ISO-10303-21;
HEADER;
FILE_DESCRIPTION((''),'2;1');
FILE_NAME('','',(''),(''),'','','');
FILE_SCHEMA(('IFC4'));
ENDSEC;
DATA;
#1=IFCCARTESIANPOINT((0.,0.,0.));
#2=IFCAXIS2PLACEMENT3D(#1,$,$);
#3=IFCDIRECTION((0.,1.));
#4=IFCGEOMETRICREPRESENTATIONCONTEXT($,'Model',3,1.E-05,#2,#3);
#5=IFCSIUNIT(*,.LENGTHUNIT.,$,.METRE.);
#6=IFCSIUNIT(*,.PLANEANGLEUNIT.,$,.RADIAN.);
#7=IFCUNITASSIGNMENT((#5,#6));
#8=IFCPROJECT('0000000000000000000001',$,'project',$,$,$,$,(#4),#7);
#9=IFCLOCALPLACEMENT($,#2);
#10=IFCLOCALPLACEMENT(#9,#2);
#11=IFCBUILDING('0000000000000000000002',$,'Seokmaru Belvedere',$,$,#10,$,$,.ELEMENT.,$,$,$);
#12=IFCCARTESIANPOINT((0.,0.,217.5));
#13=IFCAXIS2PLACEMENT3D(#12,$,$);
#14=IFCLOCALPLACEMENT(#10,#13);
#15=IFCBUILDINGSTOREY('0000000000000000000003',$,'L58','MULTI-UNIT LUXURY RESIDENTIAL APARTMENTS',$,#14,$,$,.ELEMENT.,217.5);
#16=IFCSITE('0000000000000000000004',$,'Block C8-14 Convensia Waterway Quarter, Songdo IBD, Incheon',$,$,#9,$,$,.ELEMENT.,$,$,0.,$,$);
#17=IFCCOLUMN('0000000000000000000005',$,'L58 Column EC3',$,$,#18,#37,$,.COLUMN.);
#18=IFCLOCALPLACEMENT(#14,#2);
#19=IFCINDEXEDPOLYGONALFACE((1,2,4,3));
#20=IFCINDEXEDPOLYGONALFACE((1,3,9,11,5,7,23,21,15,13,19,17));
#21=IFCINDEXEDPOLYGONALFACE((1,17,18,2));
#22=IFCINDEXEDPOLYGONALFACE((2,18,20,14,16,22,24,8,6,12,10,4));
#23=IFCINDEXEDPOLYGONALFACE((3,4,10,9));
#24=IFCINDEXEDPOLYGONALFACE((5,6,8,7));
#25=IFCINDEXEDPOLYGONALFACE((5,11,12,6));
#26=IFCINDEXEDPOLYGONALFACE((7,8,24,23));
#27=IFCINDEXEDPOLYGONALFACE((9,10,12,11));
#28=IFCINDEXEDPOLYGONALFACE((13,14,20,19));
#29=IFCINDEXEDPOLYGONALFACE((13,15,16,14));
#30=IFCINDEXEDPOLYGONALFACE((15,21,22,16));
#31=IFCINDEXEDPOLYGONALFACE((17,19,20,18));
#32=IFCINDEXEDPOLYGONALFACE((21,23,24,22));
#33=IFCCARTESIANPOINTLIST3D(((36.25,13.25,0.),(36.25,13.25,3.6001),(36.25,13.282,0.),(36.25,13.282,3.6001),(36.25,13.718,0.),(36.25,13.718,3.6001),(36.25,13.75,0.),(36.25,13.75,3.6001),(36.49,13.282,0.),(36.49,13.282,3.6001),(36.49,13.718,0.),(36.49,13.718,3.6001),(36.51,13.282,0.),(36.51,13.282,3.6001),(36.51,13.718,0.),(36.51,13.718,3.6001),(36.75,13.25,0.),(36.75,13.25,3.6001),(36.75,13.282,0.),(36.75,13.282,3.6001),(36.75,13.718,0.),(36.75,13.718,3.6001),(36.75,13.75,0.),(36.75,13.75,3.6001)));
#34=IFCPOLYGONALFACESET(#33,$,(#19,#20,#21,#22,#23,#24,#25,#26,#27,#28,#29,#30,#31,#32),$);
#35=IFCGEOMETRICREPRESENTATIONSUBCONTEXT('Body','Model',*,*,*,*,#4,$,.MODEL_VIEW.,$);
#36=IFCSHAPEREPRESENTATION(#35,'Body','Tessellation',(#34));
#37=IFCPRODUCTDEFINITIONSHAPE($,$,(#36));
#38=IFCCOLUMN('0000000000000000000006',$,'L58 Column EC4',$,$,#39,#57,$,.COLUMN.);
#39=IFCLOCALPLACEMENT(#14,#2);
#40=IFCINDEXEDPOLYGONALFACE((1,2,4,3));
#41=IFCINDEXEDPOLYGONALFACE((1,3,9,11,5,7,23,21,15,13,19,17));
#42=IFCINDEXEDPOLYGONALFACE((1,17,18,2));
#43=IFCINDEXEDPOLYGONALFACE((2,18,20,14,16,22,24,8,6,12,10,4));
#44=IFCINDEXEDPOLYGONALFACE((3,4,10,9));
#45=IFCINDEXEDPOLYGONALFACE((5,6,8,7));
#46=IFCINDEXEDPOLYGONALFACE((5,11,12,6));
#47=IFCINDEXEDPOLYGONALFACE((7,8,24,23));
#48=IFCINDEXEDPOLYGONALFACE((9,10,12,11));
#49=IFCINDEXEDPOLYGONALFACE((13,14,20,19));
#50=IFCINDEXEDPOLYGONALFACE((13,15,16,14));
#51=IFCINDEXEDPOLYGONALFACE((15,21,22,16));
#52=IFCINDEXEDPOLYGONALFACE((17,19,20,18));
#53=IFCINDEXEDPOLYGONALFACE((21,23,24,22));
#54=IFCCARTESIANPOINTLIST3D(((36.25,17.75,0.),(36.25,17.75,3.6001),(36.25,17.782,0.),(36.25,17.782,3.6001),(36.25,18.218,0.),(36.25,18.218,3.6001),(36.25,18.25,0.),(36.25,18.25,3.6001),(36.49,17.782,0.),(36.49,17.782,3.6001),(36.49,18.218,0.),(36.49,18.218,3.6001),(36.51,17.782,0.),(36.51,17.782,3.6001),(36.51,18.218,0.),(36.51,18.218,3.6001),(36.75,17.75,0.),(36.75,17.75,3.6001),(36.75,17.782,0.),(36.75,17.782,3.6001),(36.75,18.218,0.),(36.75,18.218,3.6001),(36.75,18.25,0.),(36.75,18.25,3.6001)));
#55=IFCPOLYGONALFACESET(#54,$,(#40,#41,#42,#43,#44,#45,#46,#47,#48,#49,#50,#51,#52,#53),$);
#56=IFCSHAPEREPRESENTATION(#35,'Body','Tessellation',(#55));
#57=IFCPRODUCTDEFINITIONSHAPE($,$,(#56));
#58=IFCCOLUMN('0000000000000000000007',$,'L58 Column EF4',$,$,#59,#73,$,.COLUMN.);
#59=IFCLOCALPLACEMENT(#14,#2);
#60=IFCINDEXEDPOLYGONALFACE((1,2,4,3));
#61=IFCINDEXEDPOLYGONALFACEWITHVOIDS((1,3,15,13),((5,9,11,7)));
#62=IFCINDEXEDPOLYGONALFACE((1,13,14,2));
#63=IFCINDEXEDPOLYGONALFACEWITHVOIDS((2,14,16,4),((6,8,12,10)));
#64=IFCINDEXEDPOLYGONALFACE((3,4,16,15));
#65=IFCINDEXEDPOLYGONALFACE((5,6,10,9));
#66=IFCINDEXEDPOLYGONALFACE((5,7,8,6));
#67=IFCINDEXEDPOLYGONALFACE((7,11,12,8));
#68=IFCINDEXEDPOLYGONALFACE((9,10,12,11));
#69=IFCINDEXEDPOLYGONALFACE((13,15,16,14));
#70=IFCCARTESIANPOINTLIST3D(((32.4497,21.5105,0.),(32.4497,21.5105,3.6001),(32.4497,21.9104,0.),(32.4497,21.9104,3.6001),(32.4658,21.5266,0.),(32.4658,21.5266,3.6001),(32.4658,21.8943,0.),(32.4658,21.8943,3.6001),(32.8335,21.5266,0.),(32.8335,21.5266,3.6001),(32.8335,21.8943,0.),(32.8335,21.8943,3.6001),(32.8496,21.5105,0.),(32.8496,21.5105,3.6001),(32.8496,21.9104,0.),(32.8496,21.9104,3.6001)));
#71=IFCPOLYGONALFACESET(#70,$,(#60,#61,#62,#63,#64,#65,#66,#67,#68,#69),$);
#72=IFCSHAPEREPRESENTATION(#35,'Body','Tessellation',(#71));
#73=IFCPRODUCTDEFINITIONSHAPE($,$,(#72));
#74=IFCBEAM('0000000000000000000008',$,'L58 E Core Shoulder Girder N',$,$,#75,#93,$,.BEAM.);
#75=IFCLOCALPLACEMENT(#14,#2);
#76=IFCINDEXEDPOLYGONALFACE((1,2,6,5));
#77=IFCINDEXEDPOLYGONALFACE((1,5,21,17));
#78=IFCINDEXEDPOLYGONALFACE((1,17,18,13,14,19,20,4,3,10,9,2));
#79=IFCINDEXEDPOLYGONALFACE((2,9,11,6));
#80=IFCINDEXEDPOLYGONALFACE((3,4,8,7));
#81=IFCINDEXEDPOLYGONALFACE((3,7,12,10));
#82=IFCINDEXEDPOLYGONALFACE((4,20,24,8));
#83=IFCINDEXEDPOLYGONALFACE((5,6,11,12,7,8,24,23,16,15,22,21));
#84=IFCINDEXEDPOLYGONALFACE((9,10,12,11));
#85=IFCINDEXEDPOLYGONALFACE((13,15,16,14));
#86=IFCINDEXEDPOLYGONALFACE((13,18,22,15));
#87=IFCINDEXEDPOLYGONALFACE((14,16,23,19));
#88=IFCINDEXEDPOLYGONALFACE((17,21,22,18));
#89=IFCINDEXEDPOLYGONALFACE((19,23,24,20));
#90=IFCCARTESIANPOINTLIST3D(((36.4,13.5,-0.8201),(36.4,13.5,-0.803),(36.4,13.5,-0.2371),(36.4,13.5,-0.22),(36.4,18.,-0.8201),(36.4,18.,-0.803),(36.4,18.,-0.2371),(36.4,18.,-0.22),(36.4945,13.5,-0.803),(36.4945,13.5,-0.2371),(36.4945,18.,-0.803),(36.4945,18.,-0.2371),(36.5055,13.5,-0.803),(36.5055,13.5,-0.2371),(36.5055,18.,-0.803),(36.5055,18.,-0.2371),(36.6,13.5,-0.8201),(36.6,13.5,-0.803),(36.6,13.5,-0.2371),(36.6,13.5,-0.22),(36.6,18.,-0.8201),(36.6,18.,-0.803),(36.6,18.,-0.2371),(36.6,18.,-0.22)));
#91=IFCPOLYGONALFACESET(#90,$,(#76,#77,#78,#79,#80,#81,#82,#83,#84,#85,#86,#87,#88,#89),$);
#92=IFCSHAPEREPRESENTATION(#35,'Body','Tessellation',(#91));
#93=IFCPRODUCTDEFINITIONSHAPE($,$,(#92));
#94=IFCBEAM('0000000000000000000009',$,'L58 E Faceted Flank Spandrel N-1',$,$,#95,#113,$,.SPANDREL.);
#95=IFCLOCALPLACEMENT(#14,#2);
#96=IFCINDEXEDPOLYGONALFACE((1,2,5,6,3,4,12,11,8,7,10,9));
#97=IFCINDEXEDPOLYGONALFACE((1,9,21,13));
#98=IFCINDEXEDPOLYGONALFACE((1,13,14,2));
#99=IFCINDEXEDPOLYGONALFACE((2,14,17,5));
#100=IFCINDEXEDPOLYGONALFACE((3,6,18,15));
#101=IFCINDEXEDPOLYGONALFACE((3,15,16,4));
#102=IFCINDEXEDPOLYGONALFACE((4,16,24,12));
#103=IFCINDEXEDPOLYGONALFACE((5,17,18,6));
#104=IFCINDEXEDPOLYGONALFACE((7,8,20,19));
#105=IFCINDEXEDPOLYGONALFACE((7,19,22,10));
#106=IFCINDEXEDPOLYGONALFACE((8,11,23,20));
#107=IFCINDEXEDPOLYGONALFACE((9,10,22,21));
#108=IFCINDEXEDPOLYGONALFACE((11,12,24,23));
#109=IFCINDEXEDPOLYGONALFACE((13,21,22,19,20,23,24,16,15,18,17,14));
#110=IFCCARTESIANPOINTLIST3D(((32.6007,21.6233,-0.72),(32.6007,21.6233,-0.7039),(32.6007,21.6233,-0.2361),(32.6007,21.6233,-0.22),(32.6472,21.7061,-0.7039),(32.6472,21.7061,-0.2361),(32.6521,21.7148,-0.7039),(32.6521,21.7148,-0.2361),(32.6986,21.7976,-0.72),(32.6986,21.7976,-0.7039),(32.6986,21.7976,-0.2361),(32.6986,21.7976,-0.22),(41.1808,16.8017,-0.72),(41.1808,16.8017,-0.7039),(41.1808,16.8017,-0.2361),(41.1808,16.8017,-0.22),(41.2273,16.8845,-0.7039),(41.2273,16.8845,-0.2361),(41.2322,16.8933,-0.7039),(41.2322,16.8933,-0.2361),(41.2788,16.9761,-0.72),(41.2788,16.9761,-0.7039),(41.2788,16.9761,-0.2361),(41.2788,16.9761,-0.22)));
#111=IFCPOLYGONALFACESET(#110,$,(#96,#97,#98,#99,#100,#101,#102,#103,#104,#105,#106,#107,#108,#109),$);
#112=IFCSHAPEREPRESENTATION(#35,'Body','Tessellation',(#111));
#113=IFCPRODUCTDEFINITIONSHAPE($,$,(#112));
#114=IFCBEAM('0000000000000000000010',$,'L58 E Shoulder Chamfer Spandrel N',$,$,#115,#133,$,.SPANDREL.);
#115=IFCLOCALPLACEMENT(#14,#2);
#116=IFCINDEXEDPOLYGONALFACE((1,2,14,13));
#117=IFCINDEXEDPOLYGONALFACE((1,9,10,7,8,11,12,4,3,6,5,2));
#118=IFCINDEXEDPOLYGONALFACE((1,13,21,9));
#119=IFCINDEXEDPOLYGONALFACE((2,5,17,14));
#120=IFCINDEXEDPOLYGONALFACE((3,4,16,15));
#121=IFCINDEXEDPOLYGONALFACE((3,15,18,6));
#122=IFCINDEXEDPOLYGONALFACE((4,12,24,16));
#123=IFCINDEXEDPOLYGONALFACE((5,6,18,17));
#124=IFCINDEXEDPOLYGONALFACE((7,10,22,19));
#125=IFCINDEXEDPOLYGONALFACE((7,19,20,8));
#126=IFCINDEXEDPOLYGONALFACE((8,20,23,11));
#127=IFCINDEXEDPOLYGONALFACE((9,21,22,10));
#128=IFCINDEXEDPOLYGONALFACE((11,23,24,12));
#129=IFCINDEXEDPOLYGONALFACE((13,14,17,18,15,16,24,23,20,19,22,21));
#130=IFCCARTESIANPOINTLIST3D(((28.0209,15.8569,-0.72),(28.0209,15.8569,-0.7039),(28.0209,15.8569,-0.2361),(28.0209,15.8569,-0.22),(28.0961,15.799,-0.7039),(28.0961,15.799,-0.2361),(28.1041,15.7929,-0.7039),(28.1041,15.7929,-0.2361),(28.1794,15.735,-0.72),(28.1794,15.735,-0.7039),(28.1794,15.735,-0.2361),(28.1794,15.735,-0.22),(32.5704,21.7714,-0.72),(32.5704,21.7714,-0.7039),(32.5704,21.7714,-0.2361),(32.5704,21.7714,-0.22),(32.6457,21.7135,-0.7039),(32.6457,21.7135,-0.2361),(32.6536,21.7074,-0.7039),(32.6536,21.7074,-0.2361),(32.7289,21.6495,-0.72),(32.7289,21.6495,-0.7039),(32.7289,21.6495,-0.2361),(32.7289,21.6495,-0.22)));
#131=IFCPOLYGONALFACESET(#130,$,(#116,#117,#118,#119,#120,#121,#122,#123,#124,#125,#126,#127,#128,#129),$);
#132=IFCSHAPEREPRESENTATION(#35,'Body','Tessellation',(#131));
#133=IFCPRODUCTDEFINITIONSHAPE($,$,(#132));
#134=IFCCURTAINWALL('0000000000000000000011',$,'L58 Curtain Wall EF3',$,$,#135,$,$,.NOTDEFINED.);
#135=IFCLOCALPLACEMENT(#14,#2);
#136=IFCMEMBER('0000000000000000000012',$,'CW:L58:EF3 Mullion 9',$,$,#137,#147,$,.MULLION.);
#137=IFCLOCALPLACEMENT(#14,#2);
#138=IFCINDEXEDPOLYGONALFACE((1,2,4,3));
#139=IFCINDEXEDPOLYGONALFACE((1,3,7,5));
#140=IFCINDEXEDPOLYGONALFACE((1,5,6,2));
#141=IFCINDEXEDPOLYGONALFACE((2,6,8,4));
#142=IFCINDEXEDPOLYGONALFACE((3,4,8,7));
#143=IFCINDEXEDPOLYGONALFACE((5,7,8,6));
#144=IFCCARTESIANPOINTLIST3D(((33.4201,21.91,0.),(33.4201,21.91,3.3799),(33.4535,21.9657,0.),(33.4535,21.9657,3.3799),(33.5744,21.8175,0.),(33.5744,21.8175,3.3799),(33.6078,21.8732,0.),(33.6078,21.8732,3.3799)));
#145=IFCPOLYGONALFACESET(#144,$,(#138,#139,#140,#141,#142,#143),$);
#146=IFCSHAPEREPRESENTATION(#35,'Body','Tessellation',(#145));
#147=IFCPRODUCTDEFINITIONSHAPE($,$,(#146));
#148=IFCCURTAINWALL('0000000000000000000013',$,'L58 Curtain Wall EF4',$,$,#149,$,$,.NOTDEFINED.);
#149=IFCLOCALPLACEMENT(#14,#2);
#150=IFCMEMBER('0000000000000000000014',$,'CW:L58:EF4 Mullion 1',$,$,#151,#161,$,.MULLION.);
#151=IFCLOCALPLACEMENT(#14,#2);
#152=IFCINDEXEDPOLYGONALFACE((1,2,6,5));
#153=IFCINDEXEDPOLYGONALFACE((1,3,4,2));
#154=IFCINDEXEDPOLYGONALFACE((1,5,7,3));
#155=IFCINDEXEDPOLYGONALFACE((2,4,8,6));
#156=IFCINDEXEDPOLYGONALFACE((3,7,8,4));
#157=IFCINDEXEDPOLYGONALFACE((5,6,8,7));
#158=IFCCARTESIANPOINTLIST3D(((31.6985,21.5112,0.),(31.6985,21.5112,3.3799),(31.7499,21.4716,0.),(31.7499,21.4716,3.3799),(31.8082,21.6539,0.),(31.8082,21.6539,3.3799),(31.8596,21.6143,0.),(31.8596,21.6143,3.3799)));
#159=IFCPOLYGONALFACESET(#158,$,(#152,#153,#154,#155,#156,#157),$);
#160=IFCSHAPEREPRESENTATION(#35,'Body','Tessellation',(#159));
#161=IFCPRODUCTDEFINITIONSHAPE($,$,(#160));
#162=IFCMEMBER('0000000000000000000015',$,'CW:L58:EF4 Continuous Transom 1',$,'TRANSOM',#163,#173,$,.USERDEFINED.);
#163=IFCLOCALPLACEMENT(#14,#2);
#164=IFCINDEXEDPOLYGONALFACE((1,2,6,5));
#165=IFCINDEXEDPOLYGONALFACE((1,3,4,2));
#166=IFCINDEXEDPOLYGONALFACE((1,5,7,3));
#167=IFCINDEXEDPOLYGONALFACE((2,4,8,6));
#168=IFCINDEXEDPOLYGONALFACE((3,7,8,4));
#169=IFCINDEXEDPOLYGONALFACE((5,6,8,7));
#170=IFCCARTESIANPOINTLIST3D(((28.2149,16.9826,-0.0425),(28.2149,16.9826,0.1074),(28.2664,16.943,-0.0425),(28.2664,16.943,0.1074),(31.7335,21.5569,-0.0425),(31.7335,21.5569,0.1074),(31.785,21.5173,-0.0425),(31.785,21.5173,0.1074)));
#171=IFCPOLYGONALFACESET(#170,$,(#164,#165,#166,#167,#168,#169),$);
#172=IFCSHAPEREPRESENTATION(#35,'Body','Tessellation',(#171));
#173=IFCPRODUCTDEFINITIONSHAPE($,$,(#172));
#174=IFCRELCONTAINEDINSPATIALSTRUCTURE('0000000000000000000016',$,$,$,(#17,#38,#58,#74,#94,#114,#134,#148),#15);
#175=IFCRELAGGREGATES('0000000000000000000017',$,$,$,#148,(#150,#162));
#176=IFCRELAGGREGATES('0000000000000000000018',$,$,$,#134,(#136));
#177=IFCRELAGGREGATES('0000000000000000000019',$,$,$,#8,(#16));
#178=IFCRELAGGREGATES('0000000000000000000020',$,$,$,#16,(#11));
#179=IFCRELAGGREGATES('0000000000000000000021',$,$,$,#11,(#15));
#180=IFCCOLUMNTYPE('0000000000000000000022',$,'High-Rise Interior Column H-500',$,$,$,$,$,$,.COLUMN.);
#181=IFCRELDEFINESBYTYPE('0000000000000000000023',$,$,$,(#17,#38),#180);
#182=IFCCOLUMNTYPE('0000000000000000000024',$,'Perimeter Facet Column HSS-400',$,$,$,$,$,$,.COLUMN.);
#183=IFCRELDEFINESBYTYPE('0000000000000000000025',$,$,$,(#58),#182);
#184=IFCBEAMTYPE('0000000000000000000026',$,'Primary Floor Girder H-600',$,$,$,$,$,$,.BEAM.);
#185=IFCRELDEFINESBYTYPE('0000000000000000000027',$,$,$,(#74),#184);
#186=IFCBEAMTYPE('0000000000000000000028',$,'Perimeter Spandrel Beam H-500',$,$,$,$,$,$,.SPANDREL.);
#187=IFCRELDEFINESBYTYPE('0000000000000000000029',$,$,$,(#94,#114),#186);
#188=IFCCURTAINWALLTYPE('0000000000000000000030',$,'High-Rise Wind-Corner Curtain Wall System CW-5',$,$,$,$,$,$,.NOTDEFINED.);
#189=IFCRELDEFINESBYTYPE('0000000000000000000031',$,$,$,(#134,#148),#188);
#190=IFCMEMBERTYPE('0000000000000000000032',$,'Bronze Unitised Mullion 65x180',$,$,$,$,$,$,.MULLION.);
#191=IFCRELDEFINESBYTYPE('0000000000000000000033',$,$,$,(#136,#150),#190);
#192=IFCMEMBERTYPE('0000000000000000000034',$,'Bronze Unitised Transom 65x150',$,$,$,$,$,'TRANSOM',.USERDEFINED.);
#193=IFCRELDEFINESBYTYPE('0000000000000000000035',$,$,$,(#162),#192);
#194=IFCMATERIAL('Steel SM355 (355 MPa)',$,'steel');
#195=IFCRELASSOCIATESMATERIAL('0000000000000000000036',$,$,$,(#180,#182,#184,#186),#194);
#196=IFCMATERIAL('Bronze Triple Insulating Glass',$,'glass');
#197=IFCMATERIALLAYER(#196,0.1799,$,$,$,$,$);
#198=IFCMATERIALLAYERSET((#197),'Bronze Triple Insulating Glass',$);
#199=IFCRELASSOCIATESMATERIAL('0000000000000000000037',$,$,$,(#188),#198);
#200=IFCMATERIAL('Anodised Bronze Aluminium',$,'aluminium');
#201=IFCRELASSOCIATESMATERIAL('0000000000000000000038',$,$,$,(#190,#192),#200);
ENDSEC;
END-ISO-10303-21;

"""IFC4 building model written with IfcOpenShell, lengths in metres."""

from ifc_helpers import new_model, si_unit, direction, frame, origin, origin_2d, place, context, subcontext, project, spatial, rectangle, hollow_rectangle, i_section, extrude, source, transform, mapped, material, layer, layer_set, material_profile, profile_set, type_object, type_shapes, element, aggregate, save


model = new_model("IFC4")

# Units and contexts
model_context = context("Model", 3, precision=1e-05, world=origin(), true_north=direction((0.0, 1.0)))
body_context = subcontext(model_context, "Body", "Model", "MODEL_VIEW")
ifc_project = project(units=[si_unit("LENGTHUNIT", "METRE"), si_unit("PLANEANGLEUNIT", "RADIAN")], contexts=[model_context])

# Site, building, storey
site_placement = place(None, origin())
site = spatial("IfcSite", under=ifc_project, at=site_placement, Name="Block C8-14 Convensia Waterway Quarter, Songdo IBD, Incheon", CompositionType="ELEMENT", RefElevation=0.0)
building_placement = place(site_placement, origin())
building = spatial("IfcBuilding", under=site, at=building_placement, Name="Seokmaru Belvedere", CompositionType="ELEMENT")
storey_placement = place(building_placement, frame((0.0, 0.0, 217.5)))
storey = spatial("IfcBuildingStorey", under=building, at=storey_placement, Name="L58", Description="MULTI-UNIT LUXURY RESIDENTIAL APARTMENTS", CompositionType="ELEMENT", Elevation=217.5)

# Columns
ifc_material_1 = material(Name="Steel SM355 (355 MPa)", Category="steel")
ifc_material_profile_1 = material_profile(ifc_material_1, i_section(OverallWidth=0.5, OverallDepth=0.5, WebThickness=0.02, FlangeThickness=0.032, at=origin_2d()), Name="H-500x500x20x32")
ifc_profile_set_1 = profile_set([ifc_material_profile_1], Name="Steel SM355 (355 MPa)")
column_type_1 = type_object("IfcColumnType", Name="High-Rise Interior Column H-500", PredefinedType="COLUMN", material=ifc_profile_set_1)
shared_shape_1 = source(origin(), body_context, "Body", "SweptSolid", [
    extrude(i_section(OverallWidth=0.5, OverallDepth=0.5, WebThickness=0.02, FlangeThickness=0.032, at=origin_2d()), origin(), (0.0, 0.0, 1.0), 3.6001),
])
type_shapes(column_type_1, [shared_shape_1])
for number, where, z_axis, x_axis, name in (
    (1, (36.5, 13.5, 0.0), (0.0, 0.0, 1.0), (1.0, 0.0, 0.0), "L58 Column EC3"),
    (2, (36.5, 18.0, 0.0), (0.0, 0.0, 1.0), (1.0, 0.0, 0.0), "L58 Column EC4"),
):
    element("IfcColumn", number, at=place(storey_placement, frame(where, z_axis=z_axis, x_axis=x_axis)), inside=storey, type_object=column_type_1, Name=name, PredefinedType="COLUMN", context=body_context, shape_type="MappedRepresentation", body=[
        mapped(shared_shape_1, transform((0.0, 0.0, 0.0), scale=1.0)),
    ])
ifc_material_profile_2 = material_profile(ifc_material_1, hollow_rectangle(XDim=0.3999, YDim=0.3999, WallThickness=0.0161, at=origin_2d()), Name="HSS-400x400x16")
ifc_profile_set_2 = profile_set([ifc_material_profile_2], Name="Steel SM355 (355 MPa)")
column_type_2 = type_object("IfcColumnType", Name="Perimeter Facet Column HSS-400", PredefinedType="COLUMN", material=ifc_profile_set_2)
shared_shape_2 = source(origin(), body_context, "Body", "SweptSolid", [
    extrude(hollow_rectangle(XDim=0.3999, YDim=0.3999, WallThickness=0.0161, at=origin_2d()), origin(), (0.0, 0.0, 1.0), 3.6001),
])
type_shapes(column_type_2, [shared_shape_2])
column_placement = place(storey_placement, frame((32.6497, 21.7104, 0.0), z_axis=(0.0, 0.0, 1.0), x_axis=(1.0, 0.0, 0.0)))
element("IfcColumn", 3, at=column_placement, inside=storey, type_object=column_type_2, Name="L58 Column EF4", PredefinedType="COLUMN", context=body_context, shape_type="MappedRepresentation", body=[
    mapped(shared_shape_2, transform((0.0, 0.0, 0.0), scale=1.0)),
])

# Beams
ifc_material_profile_3 = material_profile(ifc_material_1, i_section(OverallWidth=0.2, OverallDepth=0.6001, WebThickness=0.011, FlangeThickness=0.0171, at=origin_2d()), Name="H-600x200x11x17")
ifc_profile_set_3 = profile_set([ifc_material_profile_3], Name="Steel SM355 (355 MPa)")
beam_type_1 = type_object("IfcBeamType", Name="Primary Floor Girder H-600", PredefinedType="BEAM", material=ifc_profile_set_3)
shared_shape_3 = source(origin(), body_context, "Body", "SweptSolid", [
    extrude(i_section(OverallWidth=0.2, OverallDepth=0.6001, WebThickness=0.011, FlangeThickness=0.0171, at=origin_2d()), origin(), (0.0, 0.0, 1.0), 4.5),
])
type_shapes(beam_type_1, [shared_shape_3])
beam_1_placement = place(storey_placement, frame((36.5, 13.5, -0.52), z_axis=(0.0, 1.0, 0.0), x_axis=(-1.0, 0.0, 0.0)))
element("IfcBeam", 4, at=beam_1_placement, inside=storey, type_object=beam_type_1, Name="L58 E Core Shoulder Girder N", PredefinedType="BEAM", context=body_context, shape_type="MappedRepresentation", body=[
    mapped(shared_shape_3, transform((0.0, 0.0, 0.0), scale=1.0)),
])
ifc_material_profile_4 = material_profile(ifc_material_1, i_section(OverallWidth=0.2, OverallDepth=0.5, WebThickness=0.01, FlangeThickness=0.0161, at=origin_2d()), Name="H-500x200x10x16")
ifc_profile_set_4 = profile_set([ifc_material_profile_4], Name="Steel SM355 (355 MPa)")
beam_type_2 = type_object("IfcBeamType", Name="Perimeter Spandrel Beam H-500", PredefinedType="SPANDREL", material=ifc_profile_set_4)
shared_shape_4 = source(origin(), body_context, "Body", "SweptSolid", [
    extrude(i_section(OverallWidth=0.2, OverallDepth=0.5, WebThickness=0.01, FlangeThickness=0.0161, at=origin_2d()), origin(), (0.0, 0.0, 1.0), 9.842),
])
beam_2_placement = place(storey_placement, frame((32.6497, 21.7104, -0.47), z_axis=(0.871782, -0.489894, 0.0), x_axis=(0.489894, 0.871782, 0.0)))
element("IfcBeam", 5, at=beam_2_placement, inside=storey, type_object=beam_type_2, Name="L58 E Faceted Flank Spandrel N-1", PredefinedType="SPANDREL", context=body_context, shape_type="MappedRepresentation", body=[
    mapped(shared_shape_4, transform((0.0, 0.0, 0.0), scale=1.0)),
])
shared_shape_5 = source(origin(), body_context, "Body", "SweptSolid", [
    extrude(i_section(OverallWidth=0.2, OverallDepth=0.5, WebThickness=0.01, FlangeThickness=0.0161, at=origin_2d()), origin(), (0.0, 0.0, 1.0), 7.4619),
])
type_shapes(beam_type_2, [shared_shape_4, shared_shape_5])
beam_3_placement = place(storey_placement, frame((32.6497, 21.7104, -0.47), z_axis=(-0.609703, -0.79263, 0.0), x_axis=(0.79263, -0.609703, 0.0)))
element("IfcBeam", 6, at=beam_3_placement, inside=storey, type_object=beam_type_2, Name="L58 E Shoulder Chamfer Spandrel N", PredefinedType="SPANDREL", context=body_context, shape_type="MappedRepresentation", body=[
    mapped(shared_shape_5, transform((0.0, 0.0, 0.0), scale=1.0)),
])

# Curtain wall, member
ifc_material_2 = material(Name="Bronze Triple Insulating Glass", Category="glass")
ifc_layer_1 = layer(ifc_material_2, 0.1799)
ifc_layer_set_1 = layer_set([ifc_layer_1], Name="Bronze Triple Insulating Glass")
curtain_wall_type = type_object("IfcCurtainWallType", Name="High-Rise Wind-Corner Curtain Wall System CW-5", PredefinedType="NOTDEFINED", material=ifc_layer_set_1)
curtain_wall_1_placement = place(storey_placement, origin())
curtain_wall_1 = element("IfcCurtainWall", 7, at=curtain_wall_1_placement, inside=storey, type_object=curtain_wall_type, Name="L58 Curtain Wall EF3", PredefinedType="NOTDEFINED")
ifc_material_3 = material(Name="Anodised Bronze Aluminium", Category="aluminium")
ifc_material_profile_5 = material_profile(ifc_material_3, rectangle(XDim=0.0649, YDim=0.1799, at=origin_2d()), Name="CW-M-65x180")
ifc_profile_set_5 = profile_set([ifc_material_profile_5], Name="Anodised Bronze Aluminium")
member_type_1 = type_object("IfcMemberType", Name="Bronze Unitised Mullion 65x180", PredefinedType="MULLION", material=ifc_profile_set_5)
shared_shape_6 = source(origin(), body_context, "Body", "SweptSolid", [
    extrude(rectangle(XDim=0.0649, YDim=0.1799, at=origin_2d()), origin(), (0.0, 0.0, 1.0), 3.3799),
])
type_shapes(member_type_1, [shared_shape_6])
member_1_placement = place(storey_placement, frame((33.5139, 21.8916, 0.0), z_axis=(0.0, 0.0, 1.0), x_axis=(-0.514495, -0.857493, 0.0)))
member_1 = element("IfcMember", 8, at=member_1_placement, type_object=member_type_1, Name="CW:L58:EF3 Mullion 9", PredefinedType="MULLION", context=body_context, shape_type="MappedRepresentation", body=[
    mapped(shared_shape_6, transform((0.0, 0.0, 0.0), scale=1.0)),
])

# Curtain wall, members
curtain_wall_2_placement = place(storey_placement, origin())
curtain_wall_2 = element("IfcCurtainWall", 9, at=curtain_wall_2_placement, inside=storey, type_object=curtain_wall_type, Name="L58 Curtain Wall EF4", PredefinedType="NOTDEFINED")
member_2_placement = place(storey_placement, frame((31.7791, 21.5627, 0.0), z_axis=(0.0, 0.0, 1.0), x_axis=(0.792631, -0.609701, 0.0)))
member_2 = element("IfcMember", 10, at=member_2_placement, type_object=member_type_1, Name="CW:L58:EF4 Mullion 1", PredefinedType="MULLION", context=body_context, shape_type="MappedRepresentation", body=[
    mapped(shared_shape_6, transform((0.0, 0.0, 0.0), scale=1.0)),
])
ifc_material_profile_6 = material_profile(ifc_material_3, rectangle(XDim=0.0649, YDim=0.1499, at=origin_2d()), Name="CW-T-65x150")
ifc_profile_set_6 = profile_set([ifc_material_profile_6], Name="Anodised Bronze Aluminium")
member_type_2 = type_object("IfcMemberType", Name="Bronze Unitised Transom 65x150", ElementType="TRANSOM", PredefinedType="USERDEFINED", material=ifc_profile_set_6)
shared_shape_7 = source(origin(), body_context, "Body", "SweptSolid", [
    extrude(rectangle(XDim=0.0649, YDim=0.1499, at=origin_2d()), origin(), (0.0, 0.0, 1.0), 5.771),
])
type_shapes(member_type_2, [shared_shape_7])
member_3_placement = place(storey_placement, frame((31.7593, 21.5371, 0.0325), z_axis=(-0.609703, -0.79263, 0.0), x_axis=(0.79263, -0.609703, 0.0)))
member_3 = element("IfcMember", 11, at=member_3_placement, type_object=member_type_2, Name="CW:L58:EF4 Continuous Transom 1", ObjectType="TRANSOM", PredefinedType="USERDEFINED", context=body_context, shape_type="MappedRepresentation", body=[
    mapped(shared_shape_7, transform((0.0, 0.0, 0.0), scale=1.0)),
])

aggregate(curtain_wall_2, [member_2, member_3])
aggregate(curtain_wall_1, [member_1])

save(model, "model.ifc")
